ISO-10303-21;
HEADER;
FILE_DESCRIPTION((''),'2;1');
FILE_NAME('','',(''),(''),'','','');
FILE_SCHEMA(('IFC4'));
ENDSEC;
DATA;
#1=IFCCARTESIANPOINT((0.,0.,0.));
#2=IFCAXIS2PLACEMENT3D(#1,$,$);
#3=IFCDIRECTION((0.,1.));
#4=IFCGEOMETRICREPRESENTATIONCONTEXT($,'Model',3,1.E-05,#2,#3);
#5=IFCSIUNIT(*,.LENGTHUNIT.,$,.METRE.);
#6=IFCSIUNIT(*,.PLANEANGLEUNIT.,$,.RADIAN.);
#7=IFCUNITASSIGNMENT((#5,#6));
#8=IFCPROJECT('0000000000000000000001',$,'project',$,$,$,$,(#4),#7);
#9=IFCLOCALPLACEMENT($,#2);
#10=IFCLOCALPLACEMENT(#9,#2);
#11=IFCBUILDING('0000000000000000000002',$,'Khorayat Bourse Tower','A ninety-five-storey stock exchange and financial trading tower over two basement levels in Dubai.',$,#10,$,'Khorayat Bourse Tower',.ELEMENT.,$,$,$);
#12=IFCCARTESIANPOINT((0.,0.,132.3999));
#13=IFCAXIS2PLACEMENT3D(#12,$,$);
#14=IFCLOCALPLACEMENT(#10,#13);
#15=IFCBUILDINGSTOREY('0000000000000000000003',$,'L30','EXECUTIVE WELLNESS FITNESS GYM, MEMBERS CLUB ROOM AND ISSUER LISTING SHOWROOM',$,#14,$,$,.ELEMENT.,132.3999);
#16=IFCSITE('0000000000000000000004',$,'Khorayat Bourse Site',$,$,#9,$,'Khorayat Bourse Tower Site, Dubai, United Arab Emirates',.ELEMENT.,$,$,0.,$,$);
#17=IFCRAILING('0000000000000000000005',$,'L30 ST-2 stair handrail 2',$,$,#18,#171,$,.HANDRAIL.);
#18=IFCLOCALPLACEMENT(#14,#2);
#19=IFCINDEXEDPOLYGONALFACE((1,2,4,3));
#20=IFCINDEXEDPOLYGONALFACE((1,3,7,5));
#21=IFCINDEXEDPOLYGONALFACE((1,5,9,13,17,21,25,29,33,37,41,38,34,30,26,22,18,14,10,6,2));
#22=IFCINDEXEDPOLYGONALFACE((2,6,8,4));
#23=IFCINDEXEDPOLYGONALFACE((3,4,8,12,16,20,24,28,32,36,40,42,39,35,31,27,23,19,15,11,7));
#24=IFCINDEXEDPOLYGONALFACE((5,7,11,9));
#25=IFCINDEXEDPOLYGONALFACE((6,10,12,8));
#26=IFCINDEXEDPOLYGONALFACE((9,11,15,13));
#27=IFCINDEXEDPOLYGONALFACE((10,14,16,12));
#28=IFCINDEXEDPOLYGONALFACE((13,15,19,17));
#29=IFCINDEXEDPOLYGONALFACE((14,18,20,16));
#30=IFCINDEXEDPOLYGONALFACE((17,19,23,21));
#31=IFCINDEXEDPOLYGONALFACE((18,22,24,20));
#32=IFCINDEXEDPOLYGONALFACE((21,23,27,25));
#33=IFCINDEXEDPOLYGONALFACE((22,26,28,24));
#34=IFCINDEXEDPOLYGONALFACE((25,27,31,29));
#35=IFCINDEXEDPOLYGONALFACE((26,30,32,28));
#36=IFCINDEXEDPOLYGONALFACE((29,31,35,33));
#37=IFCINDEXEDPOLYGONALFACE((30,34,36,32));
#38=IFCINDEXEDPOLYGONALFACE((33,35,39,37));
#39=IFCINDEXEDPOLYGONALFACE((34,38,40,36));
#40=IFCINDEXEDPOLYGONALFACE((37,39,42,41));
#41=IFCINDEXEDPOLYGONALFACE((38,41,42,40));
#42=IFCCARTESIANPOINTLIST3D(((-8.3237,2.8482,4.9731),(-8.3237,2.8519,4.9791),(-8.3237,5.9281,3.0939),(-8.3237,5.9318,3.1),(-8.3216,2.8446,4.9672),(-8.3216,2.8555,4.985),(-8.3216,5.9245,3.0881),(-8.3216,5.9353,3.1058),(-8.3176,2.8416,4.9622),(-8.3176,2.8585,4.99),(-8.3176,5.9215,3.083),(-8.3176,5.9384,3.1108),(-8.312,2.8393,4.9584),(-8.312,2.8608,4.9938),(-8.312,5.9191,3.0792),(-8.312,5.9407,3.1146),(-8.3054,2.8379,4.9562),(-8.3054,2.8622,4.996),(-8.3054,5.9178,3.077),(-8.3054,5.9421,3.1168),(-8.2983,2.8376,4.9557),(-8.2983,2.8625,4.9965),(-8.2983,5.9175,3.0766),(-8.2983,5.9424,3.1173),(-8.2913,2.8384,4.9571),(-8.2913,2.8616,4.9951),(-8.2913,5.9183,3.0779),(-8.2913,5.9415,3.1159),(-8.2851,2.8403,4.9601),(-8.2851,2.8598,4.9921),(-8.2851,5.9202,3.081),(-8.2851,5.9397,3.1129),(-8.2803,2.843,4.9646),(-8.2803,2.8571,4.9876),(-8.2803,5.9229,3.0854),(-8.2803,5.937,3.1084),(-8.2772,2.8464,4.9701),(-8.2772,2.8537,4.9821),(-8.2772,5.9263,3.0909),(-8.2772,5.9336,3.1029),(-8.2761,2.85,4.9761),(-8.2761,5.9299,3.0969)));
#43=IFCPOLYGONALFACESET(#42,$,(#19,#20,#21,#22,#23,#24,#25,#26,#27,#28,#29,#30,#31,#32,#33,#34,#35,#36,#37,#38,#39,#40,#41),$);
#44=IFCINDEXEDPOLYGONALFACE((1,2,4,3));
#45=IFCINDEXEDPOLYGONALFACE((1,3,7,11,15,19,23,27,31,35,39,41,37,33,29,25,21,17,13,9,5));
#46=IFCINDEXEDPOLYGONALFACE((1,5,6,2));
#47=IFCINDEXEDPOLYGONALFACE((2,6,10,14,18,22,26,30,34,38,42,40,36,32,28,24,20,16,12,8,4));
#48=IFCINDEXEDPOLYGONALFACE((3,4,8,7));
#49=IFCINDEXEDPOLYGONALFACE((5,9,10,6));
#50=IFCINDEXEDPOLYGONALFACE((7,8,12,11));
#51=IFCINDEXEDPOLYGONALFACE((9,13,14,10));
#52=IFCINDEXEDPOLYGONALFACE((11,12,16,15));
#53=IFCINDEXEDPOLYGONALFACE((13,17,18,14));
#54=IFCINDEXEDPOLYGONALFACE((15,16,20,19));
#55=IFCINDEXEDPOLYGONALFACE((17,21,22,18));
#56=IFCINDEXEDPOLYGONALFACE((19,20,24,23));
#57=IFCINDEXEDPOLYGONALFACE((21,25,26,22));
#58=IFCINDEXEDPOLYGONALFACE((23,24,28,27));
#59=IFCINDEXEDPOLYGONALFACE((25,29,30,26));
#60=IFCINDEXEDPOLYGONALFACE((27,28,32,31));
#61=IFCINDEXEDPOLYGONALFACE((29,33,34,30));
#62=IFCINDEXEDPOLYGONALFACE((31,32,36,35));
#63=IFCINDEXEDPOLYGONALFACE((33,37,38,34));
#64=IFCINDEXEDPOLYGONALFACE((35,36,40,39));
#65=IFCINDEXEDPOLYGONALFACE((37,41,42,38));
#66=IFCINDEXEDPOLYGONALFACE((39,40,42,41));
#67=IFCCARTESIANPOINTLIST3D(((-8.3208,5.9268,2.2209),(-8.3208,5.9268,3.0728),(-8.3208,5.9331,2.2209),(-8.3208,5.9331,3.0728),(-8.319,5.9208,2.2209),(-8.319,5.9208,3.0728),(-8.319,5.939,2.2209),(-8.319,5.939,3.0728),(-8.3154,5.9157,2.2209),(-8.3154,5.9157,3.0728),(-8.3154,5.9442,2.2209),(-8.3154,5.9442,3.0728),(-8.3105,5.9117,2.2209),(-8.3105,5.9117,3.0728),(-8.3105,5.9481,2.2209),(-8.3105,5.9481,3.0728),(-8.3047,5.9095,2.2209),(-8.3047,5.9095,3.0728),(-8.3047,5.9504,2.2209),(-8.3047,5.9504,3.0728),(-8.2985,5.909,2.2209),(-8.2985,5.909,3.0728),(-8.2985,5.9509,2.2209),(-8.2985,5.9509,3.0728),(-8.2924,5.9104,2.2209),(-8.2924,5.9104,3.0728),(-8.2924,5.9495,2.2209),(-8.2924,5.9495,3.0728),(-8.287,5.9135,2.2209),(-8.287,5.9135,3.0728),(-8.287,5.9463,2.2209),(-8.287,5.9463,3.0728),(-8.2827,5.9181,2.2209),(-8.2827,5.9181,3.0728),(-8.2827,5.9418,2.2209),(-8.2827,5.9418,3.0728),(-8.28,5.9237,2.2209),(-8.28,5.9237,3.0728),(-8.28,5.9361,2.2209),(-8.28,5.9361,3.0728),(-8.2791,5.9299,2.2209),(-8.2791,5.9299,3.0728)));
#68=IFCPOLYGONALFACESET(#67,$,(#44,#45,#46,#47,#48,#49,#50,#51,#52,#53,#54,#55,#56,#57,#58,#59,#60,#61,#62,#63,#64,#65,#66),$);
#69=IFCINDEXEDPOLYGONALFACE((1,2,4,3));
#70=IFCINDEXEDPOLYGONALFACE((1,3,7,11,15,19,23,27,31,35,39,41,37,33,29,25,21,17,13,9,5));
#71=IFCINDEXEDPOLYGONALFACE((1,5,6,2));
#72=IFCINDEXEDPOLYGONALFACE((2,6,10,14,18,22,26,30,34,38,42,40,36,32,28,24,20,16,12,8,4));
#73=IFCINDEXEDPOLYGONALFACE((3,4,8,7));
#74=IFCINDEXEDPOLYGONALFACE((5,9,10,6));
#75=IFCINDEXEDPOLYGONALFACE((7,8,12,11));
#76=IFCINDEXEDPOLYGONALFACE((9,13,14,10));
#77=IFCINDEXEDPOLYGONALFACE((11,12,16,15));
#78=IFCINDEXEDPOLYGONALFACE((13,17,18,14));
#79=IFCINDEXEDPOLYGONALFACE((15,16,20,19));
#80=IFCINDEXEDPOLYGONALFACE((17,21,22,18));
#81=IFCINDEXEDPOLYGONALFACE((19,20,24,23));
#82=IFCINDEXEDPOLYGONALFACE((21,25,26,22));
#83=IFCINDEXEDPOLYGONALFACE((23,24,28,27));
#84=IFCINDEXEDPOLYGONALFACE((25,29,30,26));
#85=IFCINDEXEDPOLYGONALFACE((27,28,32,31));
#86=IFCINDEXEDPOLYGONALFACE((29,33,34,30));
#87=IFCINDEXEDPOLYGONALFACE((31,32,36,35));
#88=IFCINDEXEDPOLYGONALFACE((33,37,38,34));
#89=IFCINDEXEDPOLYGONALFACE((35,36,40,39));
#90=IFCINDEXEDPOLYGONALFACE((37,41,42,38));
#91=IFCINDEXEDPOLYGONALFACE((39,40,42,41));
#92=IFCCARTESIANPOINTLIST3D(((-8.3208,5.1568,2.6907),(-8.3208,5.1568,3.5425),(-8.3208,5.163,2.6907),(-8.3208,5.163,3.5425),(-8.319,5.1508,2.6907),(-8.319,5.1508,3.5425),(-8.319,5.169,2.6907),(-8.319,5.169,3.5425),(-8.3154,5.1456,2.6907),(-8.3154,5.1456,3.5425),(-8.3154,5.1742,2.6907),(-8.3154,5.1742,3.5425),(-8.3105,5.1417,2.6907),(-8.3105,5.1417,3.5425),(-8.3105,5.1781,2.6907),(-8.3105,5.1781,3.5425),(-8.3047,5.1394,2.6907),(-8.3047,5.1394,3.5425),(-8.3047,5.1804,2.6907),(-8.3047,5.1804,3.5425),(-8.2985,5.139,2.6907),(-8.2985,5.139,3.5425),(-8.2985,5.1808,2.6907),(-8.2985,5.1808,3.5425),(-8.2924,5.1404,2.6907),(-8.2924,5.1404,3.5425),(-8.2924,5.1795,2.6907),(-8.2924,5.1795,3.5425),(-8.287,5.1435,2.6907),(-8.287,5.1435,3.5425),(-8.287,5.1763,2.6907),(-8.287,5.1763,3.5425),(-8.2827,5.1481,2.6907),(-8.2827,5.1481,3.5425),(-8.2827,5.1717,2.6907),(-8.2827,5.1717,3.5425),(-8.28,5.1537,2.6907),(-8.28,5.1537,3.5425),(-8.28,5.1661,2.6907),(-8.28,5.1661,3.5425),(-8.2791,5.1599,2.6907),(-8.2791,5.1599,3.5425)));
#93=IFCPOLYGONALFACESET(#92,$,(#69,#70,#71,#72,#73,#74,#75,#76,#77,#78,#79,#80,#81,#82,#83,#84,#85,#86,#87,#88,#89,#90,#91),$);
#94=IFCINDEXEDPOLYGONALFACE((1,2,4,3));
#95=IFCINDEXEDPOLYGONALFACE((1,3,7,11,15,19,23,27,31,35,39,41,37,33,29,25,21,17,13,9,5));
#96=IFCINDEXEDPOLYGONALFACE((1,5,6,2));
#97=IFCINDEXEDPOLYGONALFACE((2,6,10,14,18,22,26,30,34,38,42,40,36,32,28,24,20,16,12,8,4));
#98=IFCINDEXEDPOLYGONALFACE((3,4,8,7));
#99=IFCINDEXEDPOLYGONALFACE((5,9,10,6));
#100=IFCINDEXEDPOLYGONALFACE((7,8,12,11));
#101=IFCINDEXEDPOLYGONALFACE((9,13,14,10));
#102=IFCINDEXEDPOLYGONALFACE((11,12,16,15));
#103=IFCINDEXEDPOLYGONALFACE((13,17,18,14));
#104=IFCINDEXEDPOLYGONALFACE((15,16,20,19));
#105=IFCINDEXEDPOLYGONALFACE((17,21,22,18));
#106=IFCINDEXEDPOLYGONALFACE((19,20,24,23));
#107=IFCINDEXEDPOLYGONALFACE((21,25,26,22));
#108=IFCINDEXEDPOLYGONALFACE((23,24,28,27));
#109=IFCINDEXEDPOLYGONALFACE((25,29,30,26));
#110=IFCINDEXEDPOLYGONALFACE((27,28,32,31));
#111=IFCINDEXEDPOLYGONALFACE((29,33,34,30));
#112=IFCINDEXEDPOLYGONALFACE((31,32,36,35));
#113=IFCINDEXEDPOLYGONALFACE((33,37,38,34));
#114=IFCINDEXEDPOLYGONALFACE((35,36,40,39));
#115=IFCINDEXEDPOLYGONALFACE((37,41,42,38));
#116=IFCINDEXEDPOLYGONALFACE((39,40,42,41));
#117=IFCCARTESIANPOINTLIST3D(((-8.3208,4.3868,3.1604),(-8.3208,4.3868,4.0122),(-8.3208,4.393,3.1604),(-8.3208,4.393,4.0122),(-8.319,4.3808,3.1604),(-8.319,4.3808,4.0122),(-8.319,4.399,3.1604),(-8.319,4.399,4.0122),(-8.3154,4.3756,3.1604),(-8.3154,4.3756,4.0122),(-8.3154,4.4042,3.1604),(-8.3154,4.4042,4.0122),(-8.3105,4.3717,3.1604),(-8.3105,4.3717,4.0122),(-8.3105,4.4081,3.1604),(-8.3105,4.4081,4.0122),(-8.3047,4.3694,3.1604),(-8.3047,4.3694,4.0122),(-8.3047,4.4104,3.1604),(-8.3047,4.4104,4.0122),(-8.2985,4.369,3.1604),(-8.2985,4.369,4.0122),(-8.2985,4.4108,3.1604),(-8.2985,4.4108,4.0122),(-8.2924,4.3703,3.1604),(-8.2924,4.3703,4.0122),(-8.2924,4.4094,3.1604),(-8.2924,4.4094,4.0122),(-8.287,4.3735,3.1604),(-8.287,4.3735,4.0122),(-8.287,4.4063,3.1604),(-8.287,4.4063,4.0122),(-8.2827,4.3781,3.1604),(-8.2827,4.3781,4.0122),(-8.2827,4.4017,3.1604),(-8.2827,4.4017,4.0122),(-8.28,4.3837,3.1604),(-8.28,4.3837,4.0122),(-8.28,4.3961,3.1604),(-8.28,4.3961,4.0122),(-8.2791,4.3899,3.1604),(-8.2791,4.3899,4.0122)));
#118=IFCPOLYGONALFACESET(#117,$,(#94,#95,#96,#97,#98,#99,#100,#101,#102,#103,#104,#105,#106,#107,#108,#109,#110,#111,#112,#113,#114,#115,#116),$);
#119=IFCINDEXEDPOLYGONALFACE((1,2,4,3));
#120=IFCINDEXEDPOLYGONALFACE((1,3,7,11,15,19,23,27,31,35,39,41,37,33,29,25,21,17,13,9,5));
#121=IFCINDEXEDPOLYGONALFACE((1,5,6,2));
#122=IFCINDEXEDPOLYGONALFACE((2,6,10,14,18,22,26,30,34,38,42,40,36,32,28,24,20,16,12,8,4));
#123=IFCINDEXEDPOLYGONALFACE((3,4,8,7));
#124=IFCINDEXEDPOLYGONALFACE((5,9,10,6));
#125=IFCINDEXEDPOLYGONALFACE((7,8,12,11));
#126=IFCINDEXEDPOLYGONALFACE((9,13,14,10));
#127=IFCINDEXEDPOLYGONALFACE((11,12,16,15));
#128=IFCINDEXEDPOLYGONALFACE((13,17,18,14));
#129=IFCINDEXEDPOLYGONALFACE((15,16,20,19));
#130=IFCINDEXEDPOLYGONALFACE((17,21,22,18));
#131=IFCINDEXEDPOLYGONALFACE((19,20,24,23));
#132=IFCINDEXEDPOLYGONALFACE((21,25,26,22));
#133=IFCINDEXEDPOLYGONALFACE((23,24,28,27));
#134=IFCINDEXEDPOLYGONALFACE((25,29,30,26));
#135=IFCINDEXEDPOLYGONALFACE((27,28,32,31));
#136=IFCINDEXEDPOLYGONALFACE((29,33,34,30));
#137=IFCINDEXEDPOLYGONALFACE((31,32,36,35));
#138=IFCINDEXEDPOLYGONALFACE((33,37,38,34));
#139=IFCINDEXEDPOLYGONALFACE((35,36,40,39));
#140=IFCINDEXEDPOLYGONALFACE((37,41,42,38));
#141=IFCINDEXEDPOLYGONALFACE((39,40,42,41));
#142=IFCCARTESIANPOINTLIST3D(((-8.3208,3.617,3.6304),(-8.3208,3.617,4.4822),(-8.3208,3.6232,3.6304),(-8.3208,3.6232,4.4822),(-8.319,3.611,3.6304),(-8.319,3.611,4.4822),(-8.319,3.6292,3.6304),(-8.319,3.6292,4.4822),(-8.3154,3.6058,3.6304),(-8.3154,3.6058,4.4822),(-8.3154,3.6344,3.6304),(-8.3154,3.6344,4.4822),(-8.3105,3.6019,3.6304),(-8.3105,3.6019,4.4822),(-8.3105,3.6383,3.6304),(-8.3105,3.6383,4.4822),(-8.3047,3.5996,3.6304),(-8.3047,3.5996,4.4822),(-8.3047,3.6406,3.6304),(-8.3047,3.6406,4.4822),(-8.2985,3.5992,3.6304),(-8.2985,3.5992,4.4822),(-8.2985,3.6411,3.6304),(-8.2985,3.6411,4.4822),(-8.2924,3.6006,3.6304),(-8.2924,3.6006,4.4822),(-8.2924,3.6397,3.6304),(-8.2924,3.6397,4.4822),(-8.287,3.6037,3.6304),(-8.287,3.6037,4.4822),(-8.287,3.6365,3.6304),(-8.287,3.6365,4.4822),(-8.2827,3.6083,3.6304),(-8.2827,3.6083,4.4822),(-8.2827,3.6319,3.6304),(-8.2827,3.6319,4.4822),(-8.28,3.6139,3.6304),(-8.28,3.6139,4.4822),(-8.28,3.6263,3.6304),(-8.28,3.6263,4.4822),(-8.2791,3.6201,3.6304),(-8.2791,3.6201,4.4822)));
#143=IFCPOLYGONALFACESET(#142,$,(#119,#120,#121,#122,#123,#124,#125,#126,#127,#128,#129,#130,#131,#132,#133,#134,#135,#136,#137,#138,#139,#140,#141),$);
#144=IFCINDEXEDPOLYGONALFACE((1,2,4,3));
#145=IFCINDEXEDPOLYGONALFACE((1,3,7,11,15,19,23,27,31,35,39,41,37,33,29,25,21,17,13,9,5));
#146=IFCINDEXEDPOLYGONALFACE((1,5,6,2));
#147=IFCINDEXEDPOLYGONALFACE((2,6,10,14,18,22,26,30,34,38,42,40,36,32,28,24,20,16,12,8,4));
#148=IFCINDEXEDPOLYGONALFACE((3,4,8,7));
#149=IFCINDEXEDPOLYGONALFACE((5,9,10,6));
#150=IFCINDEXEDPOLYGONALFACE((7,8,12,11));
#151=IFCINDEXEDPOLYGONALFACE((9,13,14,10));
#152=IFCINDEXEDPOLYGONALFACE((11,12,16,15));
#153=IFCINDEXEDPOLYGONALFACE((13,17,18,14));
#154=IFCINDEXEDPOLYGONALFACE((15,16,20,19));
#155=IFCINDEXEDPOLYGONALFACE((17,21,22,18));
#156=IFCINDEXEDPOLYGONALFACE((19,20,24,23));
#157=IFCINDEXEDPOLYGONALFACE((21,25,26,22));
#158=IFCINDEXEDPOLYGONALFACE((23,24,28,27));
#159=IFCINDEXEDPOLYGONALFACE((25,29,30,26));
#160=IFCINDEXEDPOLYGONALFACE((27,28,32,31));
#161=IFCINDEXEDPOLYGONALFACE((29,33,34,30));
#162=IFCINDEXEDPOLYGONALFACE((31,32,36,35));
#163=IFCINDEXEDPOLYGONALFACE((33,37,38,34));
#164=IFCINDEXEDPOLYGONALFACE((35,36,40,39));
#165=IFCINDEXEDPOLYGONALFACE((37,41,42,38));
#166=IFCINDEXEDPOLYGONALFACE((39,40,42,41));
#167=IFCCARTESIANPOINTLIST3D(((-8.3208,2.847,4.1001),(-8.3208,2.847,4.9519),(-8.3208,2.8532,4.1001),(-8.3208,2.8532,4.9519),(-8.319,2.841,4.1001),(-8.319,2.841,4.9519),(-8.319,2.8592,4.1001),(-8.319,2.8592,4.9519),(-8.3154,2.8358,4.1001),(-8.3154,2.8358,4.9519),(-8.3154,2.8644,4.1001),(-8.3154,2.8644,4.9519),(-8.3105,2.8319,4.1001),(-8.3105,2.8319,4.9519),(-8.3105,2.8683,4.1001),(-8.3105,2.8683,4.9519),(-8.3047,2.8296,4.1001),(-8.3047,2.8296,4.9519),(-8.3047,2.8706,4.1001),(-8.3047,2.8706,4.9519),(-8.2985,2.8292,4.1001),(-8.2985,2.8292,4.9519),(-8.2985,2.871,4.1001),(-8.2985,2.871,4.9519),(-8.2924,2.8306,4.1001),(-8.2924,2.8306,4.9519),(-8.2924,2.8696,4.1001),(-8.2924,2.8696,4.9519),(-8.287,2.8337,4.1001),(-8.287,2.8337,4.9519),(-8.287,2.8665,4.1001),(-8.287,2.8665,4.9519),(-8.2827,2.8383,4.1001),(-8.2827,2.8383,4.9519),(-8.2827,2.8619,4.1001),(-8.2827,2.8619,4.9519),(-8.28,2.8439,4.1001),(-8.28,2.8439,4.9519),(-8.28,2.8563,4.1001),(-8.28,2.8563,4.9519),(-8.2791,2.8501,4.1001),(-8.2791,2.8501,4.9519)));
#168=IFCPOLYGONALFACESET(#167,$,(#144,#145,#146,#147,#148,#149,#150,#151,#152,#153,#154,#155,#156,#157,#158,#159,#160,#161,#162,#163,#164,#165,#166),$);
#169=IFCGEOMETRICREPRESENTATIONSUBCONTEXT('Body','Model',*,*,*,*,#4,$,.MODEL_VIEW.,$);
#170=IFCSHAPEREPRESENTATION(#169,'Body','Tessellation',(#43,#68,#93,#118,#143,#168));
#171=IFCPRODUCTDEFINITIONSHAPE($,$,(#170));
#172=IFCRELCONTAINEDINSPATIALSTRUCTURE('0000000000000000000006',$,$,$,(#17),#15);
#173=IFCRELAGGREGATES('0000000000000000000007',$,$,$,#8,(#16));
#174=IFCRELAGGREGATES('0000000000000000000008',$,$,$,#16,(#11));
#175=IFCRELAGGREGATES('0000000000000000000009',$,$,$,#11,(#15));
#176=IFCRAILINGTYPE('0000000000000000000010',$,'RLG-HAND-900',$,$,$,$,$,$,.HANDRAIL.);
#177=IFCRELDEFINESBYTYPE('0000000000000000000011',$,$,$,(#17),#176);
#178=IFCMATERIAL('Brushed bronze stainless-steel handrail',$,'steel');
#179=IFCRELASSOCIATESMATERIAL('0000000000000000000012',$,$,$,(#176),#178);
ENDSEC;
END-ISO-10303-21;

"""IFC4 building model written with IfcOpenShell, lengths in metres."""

from ifc_helpers import new_model, si_unit, direction, frame, origin, origin_2d, place, context, subcontext, project, spatial, circle, extrude, source, transform, mapped, material, type_object, element, save


model = new_model("IFC4")

# Units and contexts
model_context = context("Model", 3, precision=1e-05, world=origin(), true_north=direction((0.0, 1.0)))
body_context = subcontext(model_context, "Body", "Model", "MODEL_VIEW")
ifc_project = project(units=[si_unit("LENGTHUNIT", "METRE"), si_unit("PLANEANGLEUNIT", "RADIAN")], contexts=[model_context])

# Site, building, storey
site_placement = place(None, origin())
site = spatial("IfcSite", under=ifc_project, at=site_placement, Name="Khorayat Bourse Site", LongName="Khorayat Bourse Tower Site, Dubai, United Arab Emirates", CompositionType="ELEMENT", RefElevation=0.0)
building_placement = place(site_placement, origin())
building = spatial("IfcBuilding", under=site, at=building_placement, Name="Khorayat Bourse Tower", Description="A ninety-five-storey stock exchange and financial trading tower over two basement levels in Dubai.", LongName="Khorayat Bourse Tower", CompositionType="ELEMENT")
storey_placement = place(building_placement, frame((0.0, 0.0, 132.3999)))
storey = spatial("IfcBuildingStorey", under=building, at=storey_placement, Name="L30", Description="EXECUTIVE WELLNESS FITNESS GYM, MEMBERS CLUB ROOM AND ISSUER LISTING SHOWROOM", CompositionType="ELEMENT", Elevation=132.3999)

# Railing
ifc_material_1 = material(Name="Brushed bronze stainless-steel handrail", Category="steel")
railing_type_1 = type_object("IfcRailingType", Name="RLG-HAND-900", PredefinedType="HANDRAIL", material=ifc_material_1)
shared_shape_1 = source(origin(), body_context, "Body", "SweptSolid", [
    extrude(circle(Radius=0.0239, at=origin_2d()), frame((0.0, 0.0, 0.876), z_axis=(0.0, -0.853648, 0.52085), x_axis=(1.0, 0.0, 0.0)), (0.0, 0.0, 1.0), 3.6079),
    extrude(circle(Radius=0.021, at=origin_2d()), origin(), (0.0, 0.0, 1.0), 0.8518),
    extrude(circle(Radius=0.021, at=origin_2d()), frame((0.0, -0.77, 0.4697)), (0.0, 0.0, 1.0), 0.8518),
    extrude(circle(Radius=0.021, at=origin_2d()), frame((0.0, -1.54, 0.9395)), (0.0, 0.0, 1.0), 0.8518),
    extrude(circle(Radius=0.021, at=origin_2d()), frame((0.0, -2.3098, 1.4094)), (0.0, 0.0, 1.0), 0.8518),
    extrude(circle(Radius=0.021, at=origin_2d()), frame((0.0, -3.0798, 1.8792)), (0.0, 0.0, 1.0), 0.8518),
])
railing_1_placement = place(storey_placement, frame((-8.3, 5.9299, 2.2209)))
element("IfcRailing", 1, at=railing_1_placement, inside=storey, type_object=railing_type_1, Name="L30 ST-2 stair handrail 2", PredefinedType="HANDRAIL", context=body_context, shape_type="MappedRepresentation", body=[
    mapped(shared_shape_1, transform((0.0, 0.0, 0.0), scale=1.0)),
])

save(model, "model.ifc")
